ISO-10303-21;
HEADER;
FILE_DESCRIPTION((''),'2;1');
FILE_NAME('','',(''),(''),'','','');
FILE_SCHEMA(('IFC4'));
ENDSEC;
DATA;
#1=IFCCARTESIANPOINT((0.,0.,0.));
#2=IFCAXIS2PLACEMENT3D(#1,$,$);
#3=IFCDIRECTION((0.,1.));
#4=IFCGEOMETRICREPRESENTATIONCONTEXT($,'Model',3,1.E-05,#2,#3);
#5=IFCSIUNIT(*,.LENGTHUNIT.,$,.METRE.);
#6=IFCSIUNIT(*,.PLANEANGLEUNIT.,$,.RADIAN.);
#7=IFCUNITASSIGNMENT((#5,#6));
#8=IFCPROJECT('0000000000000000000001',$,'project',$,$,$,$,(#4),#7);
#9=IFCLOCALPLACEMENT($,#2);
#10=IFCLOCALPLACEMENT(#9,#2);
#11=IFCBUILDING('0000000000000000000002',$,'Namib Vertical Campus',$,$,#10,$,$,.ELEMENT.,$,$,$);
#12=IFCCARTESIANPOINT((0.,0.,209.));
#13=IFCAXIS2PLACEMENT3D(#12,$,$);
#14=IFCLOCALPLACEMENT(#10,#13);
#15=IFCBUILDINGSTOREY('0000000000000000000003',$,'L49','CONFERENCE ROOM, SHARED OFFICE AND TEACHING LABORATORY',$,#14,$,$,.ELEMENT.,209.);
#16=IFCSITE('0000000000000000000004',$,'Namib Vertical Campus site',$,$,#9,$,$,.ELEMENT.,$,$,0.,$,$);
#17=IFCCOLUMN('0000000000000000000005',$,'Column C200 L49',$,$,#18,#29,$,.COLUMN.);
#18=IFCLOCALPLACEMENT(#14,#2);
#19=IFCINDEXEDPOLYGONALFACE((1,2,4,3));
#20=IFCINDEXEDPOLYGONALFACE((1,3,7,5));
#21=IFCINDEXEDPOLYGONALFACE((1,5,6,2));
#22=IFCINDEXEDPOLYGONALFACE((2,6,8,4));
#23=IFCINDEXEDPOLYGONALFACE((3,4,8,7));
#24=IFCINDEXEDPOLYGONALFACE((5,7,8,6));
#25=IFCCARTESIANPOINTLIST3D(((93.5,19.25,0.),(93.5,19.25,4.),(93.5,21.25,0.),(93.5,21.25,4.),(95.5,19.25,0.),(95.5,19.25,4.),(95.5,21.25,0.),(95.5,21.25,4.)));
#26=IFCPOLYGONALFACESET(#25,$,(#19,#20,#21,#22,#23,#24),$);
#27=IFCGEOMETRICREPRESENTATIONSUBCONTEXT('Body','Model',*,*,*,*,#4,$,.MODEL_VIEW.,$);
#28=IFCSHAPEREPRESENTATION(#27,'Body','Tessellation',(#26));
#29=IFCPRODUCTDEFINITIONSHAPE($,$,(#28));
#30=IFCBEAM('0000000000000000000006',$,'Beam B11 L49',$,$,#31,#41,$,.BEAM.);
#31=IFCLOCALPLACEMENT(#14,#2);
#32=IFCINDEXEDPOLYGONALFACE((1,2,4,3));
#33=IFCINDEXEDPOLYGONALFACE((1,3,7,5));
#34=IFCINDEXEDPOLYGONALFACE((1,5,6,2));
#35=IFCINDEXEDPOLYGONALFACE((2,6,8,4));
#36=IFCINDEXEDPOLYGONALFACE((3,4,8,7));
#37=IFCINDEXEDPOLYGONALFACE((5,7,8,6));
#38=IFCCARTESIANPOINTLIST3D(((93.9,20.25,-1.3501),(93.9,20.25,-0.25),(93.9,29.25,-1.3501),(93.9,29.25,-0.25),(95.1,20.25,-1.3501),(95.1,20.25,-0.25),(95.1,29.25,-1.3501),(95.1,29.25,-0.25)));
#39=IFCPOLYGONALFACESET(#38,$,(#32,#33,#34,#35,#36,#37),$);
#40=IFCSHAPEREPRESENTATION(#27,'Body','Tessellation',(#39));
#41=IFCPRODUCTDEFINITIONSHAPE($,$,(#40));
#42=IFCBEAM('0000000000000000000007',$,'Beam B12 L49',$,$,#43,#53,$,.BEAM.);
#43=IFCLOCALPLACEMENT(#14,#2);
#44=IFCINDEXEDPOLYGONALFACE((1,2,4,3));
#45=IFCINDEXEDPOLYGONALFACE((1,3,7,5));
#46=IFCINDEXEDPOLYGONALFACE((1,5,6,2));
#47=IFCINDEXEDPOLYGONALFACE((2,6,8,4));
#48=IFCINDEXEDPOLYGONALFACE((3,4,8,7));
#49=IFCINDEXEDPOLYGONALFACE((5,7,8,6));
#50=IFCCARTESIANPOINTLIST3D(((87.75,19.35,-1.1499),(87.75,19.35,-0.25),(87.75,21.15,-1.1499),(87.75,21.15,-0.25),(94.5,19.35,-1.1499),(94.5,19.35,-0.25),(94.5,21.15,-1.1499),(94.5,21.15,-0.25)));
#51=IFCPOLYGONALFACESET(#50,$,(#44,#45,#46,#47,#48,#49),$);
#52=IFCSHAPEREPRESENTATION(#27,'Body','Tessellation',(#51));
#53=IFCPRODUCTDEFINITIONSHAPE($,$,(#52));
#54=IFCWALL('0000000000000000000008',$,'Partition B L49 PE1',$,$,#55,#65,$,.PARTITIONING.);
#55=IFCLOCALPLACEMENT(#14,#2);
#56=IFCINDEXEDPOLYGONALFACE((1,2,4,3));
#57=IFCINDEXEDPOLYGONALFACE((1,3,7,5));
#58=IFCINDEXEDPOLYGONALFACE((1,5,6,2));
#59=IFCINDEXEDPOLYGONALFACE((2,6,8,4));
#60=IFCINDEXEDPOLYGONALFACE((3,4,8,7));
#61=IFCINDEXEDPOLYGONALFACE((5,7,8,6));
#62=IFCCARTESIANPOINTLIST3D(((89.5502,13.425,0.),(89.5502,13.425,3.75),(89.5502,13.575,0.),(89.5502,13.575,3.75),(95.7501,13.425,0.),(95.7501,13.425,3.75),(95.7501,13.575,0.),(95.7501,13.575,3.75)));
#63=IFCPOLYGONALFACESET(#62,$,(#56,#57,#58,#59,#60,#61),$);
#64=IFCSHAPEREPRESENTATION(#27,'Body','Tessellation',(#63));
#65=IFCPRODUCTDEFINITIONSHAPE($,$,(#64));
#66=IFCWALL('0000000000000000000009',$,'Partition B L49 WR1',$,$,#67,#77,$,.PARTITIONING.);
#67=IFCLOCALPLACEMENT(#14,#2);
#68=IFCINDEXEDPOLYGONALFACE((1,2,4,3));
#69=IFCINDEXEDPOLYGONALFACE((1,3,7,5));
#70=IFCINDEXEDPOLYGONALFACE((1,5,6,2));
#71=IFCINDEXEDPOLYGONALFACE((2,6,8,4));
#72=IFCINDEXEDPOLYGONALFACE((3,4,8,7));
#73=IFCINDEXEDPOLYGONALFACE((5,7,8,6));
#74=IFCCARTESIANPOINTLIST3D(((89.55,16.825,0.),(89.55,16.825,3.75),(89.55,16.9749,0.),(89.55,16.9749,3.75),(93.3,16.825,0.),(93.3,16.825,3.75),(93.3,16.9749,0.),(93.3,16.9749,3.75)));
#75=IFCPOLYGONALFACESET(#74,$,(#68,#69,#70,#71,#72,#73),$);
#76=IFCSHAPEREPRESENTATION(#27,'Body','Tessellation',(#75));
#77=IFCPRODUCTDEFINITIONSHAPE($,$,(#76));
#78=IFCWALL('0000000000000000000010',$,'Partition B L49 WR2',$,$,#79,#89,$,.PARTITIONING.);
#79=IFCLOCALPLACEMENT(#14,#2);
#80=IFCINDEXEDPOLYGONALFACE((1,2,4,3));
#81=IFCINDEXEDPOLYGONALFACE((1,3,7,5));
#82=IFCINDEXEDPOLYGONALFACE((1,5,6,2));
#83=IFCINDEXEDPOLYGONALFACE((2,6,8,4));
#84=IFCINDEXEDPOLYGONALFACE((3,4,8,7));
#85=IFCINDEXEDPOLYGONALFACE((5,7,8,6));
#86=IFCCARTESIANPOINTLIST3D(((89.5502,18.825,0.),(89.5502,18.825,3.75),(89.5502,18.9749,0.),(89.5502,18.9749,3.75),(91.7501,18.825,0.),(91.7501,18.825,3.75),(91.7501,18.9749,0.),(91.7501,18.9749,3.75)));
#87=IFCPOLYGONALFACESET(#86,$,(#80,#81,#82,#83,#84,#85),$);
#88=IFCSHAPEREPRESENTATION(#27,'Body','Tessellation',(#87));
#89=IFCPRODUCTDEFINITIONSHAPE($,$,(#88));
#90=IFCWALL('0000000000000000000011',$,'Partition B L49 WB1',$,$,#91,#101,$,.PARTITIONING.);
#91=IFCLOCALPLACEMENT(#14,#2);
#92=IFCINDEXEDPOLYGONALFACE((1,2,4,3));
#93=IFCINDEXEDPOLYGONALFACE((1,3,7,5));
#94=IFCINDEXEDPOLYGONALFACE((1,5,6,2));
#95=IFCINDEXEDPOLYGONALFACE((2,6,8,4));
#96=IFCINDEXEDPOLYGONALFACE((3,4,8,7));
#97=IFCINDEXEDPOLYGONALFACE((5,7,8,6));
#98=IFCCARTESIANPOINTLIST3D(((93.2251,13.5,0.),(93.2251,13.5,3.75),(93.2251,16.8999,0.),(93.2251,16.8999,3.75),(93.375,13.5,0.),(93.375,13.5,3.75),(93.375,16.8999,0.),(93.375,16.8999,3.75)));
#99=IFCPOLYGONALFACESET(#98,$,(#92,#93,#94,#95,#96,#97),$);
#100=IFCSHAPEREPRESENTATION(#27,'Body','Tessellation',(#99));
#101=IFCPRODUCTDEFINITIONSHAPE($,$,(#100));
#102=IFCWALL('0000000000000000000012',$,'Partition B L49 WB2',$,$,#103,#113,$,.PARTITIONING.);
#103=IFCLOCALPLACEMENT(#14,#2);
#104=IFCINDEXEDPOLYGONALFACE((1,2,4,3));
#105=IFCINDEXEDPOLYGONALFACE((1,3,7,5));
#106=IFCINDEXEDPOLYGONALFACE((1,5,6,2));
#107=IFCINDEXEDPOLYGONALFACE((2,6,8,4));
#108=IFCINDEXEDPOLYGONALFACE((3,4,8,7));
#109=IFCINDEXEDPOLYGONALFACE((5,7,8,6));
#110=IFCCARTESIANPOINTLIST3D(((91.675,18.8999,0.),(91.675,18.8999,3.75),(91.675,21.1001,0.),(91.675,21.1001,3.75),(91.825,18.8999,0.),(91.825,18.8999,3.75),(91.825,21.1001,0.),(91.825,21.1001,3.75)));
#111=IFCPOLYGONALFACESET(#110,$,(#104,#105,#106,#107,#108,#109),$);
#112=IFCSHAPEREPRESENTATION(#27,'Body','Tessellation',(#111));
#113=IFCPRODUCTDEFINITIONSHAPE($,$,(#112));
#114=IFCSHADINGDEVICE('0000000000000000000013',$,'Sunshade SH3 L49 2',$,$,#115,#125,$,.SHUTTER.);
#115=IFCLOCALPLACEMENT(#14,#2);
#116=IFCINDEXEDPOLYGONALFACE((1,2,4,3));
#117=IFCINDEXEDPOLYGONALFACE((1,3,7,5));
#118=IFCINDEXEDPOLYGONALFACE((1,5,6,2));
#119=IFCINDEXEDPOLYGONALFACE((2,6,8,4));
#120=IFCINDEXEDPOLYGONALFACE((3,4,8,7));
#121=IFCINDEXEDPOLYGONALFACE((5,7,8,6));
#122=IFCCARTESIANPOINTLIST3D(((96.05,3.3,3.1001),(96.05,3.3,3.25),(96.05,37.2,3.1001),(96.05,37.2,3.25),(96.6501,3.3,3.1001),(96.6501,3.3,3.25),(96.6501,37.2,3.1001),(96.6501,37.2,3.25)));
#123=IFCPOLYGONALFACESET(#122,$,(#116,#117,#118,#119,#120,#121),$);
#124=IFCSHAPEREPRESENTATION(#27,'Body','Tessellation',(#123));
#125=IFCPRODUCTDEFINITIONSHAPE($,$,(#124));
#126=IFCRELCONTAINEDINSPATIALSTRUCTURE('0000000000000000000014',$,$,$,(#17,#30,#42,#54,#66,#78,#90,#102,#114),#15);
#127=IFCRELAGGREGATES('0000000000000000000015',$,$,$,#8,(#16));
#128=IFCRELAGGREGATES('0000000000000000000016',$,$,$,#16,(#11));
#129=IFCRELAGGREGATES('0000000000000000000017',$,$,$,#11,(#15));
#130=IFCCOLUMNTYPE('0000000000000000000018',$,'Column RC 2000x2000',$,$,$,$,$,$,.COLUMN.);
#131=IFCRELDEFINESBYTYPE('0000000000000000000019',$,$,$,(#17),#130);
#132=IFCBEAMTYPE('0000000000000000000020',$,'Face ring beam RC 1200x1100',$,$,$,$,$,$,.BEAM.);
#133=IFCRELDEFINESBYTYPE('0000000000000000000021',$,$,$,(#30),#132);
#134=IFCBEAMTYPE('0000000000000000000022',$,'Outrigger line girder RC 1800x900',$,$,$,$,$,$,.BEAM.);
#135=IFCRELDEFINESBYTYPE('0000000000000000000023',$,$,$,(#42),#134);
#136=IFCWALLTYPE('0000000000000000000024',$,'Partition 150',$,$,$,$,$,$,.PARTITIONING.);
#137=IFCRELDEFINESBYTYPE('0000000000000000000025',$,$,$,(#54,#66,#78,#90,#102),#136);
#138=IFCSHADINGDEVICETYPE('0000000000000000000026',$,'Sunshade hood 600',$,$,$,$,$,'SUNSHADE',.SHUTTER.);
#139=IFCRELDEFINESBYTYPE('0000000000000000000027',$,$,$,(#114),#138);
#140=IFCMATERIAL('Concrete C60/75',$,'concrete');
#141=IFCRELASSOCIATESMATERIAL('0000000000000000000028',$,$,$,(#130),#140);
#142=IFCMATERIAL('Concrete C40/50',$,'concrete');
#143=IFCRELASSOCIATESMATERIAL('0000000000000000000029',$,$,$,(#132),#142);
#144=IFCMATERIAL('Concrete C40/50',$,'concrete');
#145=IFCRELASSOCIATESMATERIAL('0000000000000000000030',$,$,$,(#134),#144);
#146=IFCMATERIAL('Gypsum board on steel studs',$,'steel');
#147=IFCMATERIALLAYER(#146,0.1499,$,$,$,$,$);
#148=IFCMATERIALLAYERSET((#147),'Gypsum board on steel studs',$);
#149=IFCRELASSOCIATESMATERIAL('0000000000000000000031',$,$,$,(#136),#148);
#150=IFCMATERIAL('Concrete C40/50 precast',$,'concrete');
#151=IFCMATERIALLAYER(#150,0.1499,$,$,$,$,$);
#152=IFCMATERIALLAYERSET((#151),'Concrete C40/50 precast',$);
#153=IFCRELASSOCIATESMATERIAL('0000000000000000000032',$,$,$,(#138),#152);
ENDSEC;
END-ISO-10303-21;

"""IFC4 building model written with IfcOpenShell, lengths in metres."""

from ifc_helpers import new_model, si_unit, direction, frame, frame_2d, origin, origin_2d, place, context, subcontext, project, spatial, rectangle, extrude, material, layer, layer_set, material_profile, profile_set, type_object, element, save


model = new_model("IFC4")

# Units and contexts
model_context = context("Model", 3, precision=1e-05, world=origin(), true_north=direction((0.0, 1.0)))
body_context = subcontext(model_context, "Body", "Model", "MODEL_VIEW")
ifc_project = project(units=[si_unit("LENGTHUNIT", "METRE"), si_unit("PLANEANGLEUNIT", "RADIAN")], contexts=[model_context])

# Site, building, storey
site_placement = place(None, origin())
site = spatial("IfcSite", under=ifc_project, at=site_placement, Name="Namib Vertical Campus site", CompositionType="ELEMENT", RefElevation=0.0)
building_placement = place(site_placement, origin())
building = spatial("IfcBuilding", under=site, at=building_placement, Name="Namib Vertical Campus", CompositionType="ELEMENT")
storey_placement = place(building_placement, frame((0.0, 0.0, 209.0)))
storey = spatial("IfcBuildingStorey", under=building, at=storey_placement, Name="L49", Description="CONFERENCE ROOM, SHARED OFFICE AND TEACHING LABORATORY", CompositionType="ELEMENT", Elevation=209.0)

# Column
ifc_material_1 = material(Name="Concrete C60/75", Category="concrete")
ifc_material_profile_1 = material_profile(ifc_material_1, rectangle(XDim=2.0, YDim=2.0, at=origin_2d()))
ifc_profile_set_1 = profile_set([ifc_material_profile_1], Name="Concrete C60/75")
column_type = type_object("IfcColumnType", Name="Column RC 2000x2000", PredefinedType="COLUMN", material=ifc_profile_set_1)
column_placement = place(storey_placement, frame((94.5, 20.25, 0.0), z_axis=(0.0, 0.0, 1.0), x_axis=(1.0, 0.0, 0.0)))
element("IfcColumn", 1, at=column_placement, inside=storey, type_object=column_type, Name="Column C200 L49", PredefinedType="COLUMN", context=body_context, shape_type="SweptSolid", body=[
    extrude(rectangle(XDim=2.0, YDim=2.0, at=origin_2d()), origin(), (0.0, 0.0, 1.0), 4.0),
])

# Beams
ifc_material_2 = material(Name="Concrete C40/50", Category="concrete")
ifc_material_profile_2 = material_profile(ifc_material_2, rectangle(XDim=1.2, YDim=1.1001, at=origin_2d()))
ifc_profile_set_2 = profile_set([ifc_material_profile_2], Name="Concrete C40/50")
beam_type_1 = type_object("IfcBeamType", Name="Face ring beam RC 1200x1100", PredefinedType="BEAM", material=ifc_profile_set_2)
beam_1_placement = place(storey_placement, frame((94.5, 20.25, -0.8), z_axis=(0.0, 1.0, 0.0), x_axis=(-1.0, 0.0, 0.0)))
element("IfcBeam", 2, at=beam_1_placement, inside=storey, type_object=beam_type_1, Name="Beam B11 L49", PredefinedType="BEAM", context=body_context, shape_type="SweptSolid", body=[
    extrude(rectangle(XDim=1.2, YDim=1.1001, at=origin_2d()), origin(), (0.0, 0.0, 1.0), 9.0),
])
ifc_material_3 = material(Name="Concrete C40/50", Category="concrete")
ifc_material_profile_3 = material_profile(ifc_material_3, rectangle(XDim=1.8, YDim=0.8999, at=origin_2d()))
ifc_profile_set_3 = profile_set([ifc_material_profile_3], Name="Concrete C40/50")
beam_type_2 = type_object("IfcBeamType", Name="Outrigger line girder RC 1800x900", PredefinedType="BEAM", material=ifc_profile_set_3)
beam_2_placement = place(storey_placement, frame((94.5, 20.25, -0.7), z_axis=(-1.0, 0.0, 0.0), x_axis=(0.0, -1.0, 0.0)))
element("IfcBeam", 3, at=beam_2_placement, inside=storey, type_object=beam_type_2, Name="Beam B12 L49", PredefinedType="BEAM", context=body_context, shape_type="SweptSolid", body=[
    extrude(rectangle(XDim=1.8, YDim=0.8999, at=origin_2d()), origin(), (0.0, 0.0, 1.0), 6.75),
])

# Walls
ifc_material_4 = material(Name="Gypsum board on steel studs", Category="steel")
ifc_layer_1 = layer(ifc_material_4, 0.1499)
ifc_layer_set_1 = layer_set([ifc_layer_1], Name="Gypsum board on steel studs")
wall_type = type_object("IfcWallType", Name="Partition 150", PredefinedType="PARTITIONING", material=ifc_layer_set_1)
wall_1_placement = place(storey_placement, frame((89.55, 13.5, 0.0), z_axis=(0.0, 0.0, 1.0), x_axis=(1.0, 0.0, 0.0)))
element("IfcWall", 4, at=wall_1_placement, inside=storey, type_object=wall_type, Name="Partition B L49 PE1", PredefinedType="PARTITIONING", context=body_context, shape_type="SweptSolid", body=[
    extrude(rectangle(XDim=6.2, YDim=0.1499, at=frame_2d((3.1001, 0.0))), origin(), (0.0, 0.0, 1.0), 3.75),
])
wall_2_placement = place(storey_placement, frame((89.55, 16.8999, 0.0), z_axis=(0.0, 0.0, 1.0), x_axis=(1.0, 0.0, 0.0)))
element("IfcWall", 5, at=wall_2_placement, inside=storey, type_object=wall_type, Name="Partition B L49 WR1", PredefinedType="PARTITIONING", context=body_context, shape_type="SweptSolid", body=[
    extrude(rectangle(XDim=3.75, YDim=0.1499, at=frame_2d((1.875, 0.0))), origin(), (0.0, 0.0, 1.0), 3.75),
])
wall_3_placement = place(storey_placement, frame((89.55, 18.8999, 0.0), z_axis=(0.0, 0.0, 1.0), x_axis=(1.0, 0.0, 0.0)))
element("IfcWall", 6, at=wall_3_placement, inside=storey, type_object=wall_type, Name="Partition B L49 WR2", PredefinedType="PARTITIONING", context=body_context, shape_type="SweptSolid", body=[
    extrude(rectangle(XDim=2.2, YDim=0.1499, at=frame_2d((1.1001, 0.0))), origin(), (0.0, 0.0, 1.0), 3.75),
])
wall_4_placement = place(storey_placement, frame((93.3, 13.5, 0.0), z_axis=(0.0, 0.0, 1.0), x_axis=(0.0, 1.0, 0.0)))
element("IfcWall", 7, at=wall_4_placement, inside=storey, type_object=wall_type, Name="Partition B L49 WB1", PredefinedType="PARTITIONING", context=body_context, shape_type="SweptSolid", body=[
    extrude(rectangle(XDim=3.3999, YDim=0.1499, at=frame_2d((1.7, 0.0))), origin(), (0.0, 0.0, 1.0), 3.75),
])
wall_5_placement = place(storey_placement, frame((91.75, 18.8999, 0.0), z_axis=(0.0, 0.0, 1.0), x_axis=(0.0, 1.0, 0.0)))
element("IfcWall", 8, at=wall_5_placement, inside=storey, type_object=wall_type, Name="Partition B L49 WB2", PredefinedType="PARTITIONING", context=body_context, shape_type="SweptSolid", body=[
    extrude(rectangle(XDim=2.2002, YDim=0.1499, at=frame_2d((1.1001, 0.0))), origin(), (0.0, 0.0, 1.0), 3.75),
])

# Shading device
ifc_material_5 = material(Name="Concrete C40/50 precast", Category="concrete")
ifc_layer_2 = layer(ifc_material_5, 0.1499)
ifc_layer_set_2 = layer_set([ifc_layer_2], Name="Concrete C40/50 precast")
shading_device_type = type_object("IfcShadingDeviceType", Name="Sunshade hood 600", ElementType="SUNSHADE", PredefinedType="SHUTTER", material=ifc_layer_set_2)
shading_device_placement = place(storey_placement, frame((96.3501, 20.25, 3.1001), z_axis=(0.0, 0.0, 1.0), x_axis=(0.0, 1.0, 0.0)))
element("IfcShadingDevice", 9, at=shading_device_placement, inside=storey, type_object=shading_device_type, Name="Sunshade SH3 L49 2", PredefinedType="SHUTTER", context=body_context, shape_type="SweptSolid", body=[
    extrude(rectangle(XDim=33.8999, YDim=0.6001, at=origin_2d()), origin(), (0.0, 0.0, 1.0), 0.1499),
])

save(model, "model.ifc")
